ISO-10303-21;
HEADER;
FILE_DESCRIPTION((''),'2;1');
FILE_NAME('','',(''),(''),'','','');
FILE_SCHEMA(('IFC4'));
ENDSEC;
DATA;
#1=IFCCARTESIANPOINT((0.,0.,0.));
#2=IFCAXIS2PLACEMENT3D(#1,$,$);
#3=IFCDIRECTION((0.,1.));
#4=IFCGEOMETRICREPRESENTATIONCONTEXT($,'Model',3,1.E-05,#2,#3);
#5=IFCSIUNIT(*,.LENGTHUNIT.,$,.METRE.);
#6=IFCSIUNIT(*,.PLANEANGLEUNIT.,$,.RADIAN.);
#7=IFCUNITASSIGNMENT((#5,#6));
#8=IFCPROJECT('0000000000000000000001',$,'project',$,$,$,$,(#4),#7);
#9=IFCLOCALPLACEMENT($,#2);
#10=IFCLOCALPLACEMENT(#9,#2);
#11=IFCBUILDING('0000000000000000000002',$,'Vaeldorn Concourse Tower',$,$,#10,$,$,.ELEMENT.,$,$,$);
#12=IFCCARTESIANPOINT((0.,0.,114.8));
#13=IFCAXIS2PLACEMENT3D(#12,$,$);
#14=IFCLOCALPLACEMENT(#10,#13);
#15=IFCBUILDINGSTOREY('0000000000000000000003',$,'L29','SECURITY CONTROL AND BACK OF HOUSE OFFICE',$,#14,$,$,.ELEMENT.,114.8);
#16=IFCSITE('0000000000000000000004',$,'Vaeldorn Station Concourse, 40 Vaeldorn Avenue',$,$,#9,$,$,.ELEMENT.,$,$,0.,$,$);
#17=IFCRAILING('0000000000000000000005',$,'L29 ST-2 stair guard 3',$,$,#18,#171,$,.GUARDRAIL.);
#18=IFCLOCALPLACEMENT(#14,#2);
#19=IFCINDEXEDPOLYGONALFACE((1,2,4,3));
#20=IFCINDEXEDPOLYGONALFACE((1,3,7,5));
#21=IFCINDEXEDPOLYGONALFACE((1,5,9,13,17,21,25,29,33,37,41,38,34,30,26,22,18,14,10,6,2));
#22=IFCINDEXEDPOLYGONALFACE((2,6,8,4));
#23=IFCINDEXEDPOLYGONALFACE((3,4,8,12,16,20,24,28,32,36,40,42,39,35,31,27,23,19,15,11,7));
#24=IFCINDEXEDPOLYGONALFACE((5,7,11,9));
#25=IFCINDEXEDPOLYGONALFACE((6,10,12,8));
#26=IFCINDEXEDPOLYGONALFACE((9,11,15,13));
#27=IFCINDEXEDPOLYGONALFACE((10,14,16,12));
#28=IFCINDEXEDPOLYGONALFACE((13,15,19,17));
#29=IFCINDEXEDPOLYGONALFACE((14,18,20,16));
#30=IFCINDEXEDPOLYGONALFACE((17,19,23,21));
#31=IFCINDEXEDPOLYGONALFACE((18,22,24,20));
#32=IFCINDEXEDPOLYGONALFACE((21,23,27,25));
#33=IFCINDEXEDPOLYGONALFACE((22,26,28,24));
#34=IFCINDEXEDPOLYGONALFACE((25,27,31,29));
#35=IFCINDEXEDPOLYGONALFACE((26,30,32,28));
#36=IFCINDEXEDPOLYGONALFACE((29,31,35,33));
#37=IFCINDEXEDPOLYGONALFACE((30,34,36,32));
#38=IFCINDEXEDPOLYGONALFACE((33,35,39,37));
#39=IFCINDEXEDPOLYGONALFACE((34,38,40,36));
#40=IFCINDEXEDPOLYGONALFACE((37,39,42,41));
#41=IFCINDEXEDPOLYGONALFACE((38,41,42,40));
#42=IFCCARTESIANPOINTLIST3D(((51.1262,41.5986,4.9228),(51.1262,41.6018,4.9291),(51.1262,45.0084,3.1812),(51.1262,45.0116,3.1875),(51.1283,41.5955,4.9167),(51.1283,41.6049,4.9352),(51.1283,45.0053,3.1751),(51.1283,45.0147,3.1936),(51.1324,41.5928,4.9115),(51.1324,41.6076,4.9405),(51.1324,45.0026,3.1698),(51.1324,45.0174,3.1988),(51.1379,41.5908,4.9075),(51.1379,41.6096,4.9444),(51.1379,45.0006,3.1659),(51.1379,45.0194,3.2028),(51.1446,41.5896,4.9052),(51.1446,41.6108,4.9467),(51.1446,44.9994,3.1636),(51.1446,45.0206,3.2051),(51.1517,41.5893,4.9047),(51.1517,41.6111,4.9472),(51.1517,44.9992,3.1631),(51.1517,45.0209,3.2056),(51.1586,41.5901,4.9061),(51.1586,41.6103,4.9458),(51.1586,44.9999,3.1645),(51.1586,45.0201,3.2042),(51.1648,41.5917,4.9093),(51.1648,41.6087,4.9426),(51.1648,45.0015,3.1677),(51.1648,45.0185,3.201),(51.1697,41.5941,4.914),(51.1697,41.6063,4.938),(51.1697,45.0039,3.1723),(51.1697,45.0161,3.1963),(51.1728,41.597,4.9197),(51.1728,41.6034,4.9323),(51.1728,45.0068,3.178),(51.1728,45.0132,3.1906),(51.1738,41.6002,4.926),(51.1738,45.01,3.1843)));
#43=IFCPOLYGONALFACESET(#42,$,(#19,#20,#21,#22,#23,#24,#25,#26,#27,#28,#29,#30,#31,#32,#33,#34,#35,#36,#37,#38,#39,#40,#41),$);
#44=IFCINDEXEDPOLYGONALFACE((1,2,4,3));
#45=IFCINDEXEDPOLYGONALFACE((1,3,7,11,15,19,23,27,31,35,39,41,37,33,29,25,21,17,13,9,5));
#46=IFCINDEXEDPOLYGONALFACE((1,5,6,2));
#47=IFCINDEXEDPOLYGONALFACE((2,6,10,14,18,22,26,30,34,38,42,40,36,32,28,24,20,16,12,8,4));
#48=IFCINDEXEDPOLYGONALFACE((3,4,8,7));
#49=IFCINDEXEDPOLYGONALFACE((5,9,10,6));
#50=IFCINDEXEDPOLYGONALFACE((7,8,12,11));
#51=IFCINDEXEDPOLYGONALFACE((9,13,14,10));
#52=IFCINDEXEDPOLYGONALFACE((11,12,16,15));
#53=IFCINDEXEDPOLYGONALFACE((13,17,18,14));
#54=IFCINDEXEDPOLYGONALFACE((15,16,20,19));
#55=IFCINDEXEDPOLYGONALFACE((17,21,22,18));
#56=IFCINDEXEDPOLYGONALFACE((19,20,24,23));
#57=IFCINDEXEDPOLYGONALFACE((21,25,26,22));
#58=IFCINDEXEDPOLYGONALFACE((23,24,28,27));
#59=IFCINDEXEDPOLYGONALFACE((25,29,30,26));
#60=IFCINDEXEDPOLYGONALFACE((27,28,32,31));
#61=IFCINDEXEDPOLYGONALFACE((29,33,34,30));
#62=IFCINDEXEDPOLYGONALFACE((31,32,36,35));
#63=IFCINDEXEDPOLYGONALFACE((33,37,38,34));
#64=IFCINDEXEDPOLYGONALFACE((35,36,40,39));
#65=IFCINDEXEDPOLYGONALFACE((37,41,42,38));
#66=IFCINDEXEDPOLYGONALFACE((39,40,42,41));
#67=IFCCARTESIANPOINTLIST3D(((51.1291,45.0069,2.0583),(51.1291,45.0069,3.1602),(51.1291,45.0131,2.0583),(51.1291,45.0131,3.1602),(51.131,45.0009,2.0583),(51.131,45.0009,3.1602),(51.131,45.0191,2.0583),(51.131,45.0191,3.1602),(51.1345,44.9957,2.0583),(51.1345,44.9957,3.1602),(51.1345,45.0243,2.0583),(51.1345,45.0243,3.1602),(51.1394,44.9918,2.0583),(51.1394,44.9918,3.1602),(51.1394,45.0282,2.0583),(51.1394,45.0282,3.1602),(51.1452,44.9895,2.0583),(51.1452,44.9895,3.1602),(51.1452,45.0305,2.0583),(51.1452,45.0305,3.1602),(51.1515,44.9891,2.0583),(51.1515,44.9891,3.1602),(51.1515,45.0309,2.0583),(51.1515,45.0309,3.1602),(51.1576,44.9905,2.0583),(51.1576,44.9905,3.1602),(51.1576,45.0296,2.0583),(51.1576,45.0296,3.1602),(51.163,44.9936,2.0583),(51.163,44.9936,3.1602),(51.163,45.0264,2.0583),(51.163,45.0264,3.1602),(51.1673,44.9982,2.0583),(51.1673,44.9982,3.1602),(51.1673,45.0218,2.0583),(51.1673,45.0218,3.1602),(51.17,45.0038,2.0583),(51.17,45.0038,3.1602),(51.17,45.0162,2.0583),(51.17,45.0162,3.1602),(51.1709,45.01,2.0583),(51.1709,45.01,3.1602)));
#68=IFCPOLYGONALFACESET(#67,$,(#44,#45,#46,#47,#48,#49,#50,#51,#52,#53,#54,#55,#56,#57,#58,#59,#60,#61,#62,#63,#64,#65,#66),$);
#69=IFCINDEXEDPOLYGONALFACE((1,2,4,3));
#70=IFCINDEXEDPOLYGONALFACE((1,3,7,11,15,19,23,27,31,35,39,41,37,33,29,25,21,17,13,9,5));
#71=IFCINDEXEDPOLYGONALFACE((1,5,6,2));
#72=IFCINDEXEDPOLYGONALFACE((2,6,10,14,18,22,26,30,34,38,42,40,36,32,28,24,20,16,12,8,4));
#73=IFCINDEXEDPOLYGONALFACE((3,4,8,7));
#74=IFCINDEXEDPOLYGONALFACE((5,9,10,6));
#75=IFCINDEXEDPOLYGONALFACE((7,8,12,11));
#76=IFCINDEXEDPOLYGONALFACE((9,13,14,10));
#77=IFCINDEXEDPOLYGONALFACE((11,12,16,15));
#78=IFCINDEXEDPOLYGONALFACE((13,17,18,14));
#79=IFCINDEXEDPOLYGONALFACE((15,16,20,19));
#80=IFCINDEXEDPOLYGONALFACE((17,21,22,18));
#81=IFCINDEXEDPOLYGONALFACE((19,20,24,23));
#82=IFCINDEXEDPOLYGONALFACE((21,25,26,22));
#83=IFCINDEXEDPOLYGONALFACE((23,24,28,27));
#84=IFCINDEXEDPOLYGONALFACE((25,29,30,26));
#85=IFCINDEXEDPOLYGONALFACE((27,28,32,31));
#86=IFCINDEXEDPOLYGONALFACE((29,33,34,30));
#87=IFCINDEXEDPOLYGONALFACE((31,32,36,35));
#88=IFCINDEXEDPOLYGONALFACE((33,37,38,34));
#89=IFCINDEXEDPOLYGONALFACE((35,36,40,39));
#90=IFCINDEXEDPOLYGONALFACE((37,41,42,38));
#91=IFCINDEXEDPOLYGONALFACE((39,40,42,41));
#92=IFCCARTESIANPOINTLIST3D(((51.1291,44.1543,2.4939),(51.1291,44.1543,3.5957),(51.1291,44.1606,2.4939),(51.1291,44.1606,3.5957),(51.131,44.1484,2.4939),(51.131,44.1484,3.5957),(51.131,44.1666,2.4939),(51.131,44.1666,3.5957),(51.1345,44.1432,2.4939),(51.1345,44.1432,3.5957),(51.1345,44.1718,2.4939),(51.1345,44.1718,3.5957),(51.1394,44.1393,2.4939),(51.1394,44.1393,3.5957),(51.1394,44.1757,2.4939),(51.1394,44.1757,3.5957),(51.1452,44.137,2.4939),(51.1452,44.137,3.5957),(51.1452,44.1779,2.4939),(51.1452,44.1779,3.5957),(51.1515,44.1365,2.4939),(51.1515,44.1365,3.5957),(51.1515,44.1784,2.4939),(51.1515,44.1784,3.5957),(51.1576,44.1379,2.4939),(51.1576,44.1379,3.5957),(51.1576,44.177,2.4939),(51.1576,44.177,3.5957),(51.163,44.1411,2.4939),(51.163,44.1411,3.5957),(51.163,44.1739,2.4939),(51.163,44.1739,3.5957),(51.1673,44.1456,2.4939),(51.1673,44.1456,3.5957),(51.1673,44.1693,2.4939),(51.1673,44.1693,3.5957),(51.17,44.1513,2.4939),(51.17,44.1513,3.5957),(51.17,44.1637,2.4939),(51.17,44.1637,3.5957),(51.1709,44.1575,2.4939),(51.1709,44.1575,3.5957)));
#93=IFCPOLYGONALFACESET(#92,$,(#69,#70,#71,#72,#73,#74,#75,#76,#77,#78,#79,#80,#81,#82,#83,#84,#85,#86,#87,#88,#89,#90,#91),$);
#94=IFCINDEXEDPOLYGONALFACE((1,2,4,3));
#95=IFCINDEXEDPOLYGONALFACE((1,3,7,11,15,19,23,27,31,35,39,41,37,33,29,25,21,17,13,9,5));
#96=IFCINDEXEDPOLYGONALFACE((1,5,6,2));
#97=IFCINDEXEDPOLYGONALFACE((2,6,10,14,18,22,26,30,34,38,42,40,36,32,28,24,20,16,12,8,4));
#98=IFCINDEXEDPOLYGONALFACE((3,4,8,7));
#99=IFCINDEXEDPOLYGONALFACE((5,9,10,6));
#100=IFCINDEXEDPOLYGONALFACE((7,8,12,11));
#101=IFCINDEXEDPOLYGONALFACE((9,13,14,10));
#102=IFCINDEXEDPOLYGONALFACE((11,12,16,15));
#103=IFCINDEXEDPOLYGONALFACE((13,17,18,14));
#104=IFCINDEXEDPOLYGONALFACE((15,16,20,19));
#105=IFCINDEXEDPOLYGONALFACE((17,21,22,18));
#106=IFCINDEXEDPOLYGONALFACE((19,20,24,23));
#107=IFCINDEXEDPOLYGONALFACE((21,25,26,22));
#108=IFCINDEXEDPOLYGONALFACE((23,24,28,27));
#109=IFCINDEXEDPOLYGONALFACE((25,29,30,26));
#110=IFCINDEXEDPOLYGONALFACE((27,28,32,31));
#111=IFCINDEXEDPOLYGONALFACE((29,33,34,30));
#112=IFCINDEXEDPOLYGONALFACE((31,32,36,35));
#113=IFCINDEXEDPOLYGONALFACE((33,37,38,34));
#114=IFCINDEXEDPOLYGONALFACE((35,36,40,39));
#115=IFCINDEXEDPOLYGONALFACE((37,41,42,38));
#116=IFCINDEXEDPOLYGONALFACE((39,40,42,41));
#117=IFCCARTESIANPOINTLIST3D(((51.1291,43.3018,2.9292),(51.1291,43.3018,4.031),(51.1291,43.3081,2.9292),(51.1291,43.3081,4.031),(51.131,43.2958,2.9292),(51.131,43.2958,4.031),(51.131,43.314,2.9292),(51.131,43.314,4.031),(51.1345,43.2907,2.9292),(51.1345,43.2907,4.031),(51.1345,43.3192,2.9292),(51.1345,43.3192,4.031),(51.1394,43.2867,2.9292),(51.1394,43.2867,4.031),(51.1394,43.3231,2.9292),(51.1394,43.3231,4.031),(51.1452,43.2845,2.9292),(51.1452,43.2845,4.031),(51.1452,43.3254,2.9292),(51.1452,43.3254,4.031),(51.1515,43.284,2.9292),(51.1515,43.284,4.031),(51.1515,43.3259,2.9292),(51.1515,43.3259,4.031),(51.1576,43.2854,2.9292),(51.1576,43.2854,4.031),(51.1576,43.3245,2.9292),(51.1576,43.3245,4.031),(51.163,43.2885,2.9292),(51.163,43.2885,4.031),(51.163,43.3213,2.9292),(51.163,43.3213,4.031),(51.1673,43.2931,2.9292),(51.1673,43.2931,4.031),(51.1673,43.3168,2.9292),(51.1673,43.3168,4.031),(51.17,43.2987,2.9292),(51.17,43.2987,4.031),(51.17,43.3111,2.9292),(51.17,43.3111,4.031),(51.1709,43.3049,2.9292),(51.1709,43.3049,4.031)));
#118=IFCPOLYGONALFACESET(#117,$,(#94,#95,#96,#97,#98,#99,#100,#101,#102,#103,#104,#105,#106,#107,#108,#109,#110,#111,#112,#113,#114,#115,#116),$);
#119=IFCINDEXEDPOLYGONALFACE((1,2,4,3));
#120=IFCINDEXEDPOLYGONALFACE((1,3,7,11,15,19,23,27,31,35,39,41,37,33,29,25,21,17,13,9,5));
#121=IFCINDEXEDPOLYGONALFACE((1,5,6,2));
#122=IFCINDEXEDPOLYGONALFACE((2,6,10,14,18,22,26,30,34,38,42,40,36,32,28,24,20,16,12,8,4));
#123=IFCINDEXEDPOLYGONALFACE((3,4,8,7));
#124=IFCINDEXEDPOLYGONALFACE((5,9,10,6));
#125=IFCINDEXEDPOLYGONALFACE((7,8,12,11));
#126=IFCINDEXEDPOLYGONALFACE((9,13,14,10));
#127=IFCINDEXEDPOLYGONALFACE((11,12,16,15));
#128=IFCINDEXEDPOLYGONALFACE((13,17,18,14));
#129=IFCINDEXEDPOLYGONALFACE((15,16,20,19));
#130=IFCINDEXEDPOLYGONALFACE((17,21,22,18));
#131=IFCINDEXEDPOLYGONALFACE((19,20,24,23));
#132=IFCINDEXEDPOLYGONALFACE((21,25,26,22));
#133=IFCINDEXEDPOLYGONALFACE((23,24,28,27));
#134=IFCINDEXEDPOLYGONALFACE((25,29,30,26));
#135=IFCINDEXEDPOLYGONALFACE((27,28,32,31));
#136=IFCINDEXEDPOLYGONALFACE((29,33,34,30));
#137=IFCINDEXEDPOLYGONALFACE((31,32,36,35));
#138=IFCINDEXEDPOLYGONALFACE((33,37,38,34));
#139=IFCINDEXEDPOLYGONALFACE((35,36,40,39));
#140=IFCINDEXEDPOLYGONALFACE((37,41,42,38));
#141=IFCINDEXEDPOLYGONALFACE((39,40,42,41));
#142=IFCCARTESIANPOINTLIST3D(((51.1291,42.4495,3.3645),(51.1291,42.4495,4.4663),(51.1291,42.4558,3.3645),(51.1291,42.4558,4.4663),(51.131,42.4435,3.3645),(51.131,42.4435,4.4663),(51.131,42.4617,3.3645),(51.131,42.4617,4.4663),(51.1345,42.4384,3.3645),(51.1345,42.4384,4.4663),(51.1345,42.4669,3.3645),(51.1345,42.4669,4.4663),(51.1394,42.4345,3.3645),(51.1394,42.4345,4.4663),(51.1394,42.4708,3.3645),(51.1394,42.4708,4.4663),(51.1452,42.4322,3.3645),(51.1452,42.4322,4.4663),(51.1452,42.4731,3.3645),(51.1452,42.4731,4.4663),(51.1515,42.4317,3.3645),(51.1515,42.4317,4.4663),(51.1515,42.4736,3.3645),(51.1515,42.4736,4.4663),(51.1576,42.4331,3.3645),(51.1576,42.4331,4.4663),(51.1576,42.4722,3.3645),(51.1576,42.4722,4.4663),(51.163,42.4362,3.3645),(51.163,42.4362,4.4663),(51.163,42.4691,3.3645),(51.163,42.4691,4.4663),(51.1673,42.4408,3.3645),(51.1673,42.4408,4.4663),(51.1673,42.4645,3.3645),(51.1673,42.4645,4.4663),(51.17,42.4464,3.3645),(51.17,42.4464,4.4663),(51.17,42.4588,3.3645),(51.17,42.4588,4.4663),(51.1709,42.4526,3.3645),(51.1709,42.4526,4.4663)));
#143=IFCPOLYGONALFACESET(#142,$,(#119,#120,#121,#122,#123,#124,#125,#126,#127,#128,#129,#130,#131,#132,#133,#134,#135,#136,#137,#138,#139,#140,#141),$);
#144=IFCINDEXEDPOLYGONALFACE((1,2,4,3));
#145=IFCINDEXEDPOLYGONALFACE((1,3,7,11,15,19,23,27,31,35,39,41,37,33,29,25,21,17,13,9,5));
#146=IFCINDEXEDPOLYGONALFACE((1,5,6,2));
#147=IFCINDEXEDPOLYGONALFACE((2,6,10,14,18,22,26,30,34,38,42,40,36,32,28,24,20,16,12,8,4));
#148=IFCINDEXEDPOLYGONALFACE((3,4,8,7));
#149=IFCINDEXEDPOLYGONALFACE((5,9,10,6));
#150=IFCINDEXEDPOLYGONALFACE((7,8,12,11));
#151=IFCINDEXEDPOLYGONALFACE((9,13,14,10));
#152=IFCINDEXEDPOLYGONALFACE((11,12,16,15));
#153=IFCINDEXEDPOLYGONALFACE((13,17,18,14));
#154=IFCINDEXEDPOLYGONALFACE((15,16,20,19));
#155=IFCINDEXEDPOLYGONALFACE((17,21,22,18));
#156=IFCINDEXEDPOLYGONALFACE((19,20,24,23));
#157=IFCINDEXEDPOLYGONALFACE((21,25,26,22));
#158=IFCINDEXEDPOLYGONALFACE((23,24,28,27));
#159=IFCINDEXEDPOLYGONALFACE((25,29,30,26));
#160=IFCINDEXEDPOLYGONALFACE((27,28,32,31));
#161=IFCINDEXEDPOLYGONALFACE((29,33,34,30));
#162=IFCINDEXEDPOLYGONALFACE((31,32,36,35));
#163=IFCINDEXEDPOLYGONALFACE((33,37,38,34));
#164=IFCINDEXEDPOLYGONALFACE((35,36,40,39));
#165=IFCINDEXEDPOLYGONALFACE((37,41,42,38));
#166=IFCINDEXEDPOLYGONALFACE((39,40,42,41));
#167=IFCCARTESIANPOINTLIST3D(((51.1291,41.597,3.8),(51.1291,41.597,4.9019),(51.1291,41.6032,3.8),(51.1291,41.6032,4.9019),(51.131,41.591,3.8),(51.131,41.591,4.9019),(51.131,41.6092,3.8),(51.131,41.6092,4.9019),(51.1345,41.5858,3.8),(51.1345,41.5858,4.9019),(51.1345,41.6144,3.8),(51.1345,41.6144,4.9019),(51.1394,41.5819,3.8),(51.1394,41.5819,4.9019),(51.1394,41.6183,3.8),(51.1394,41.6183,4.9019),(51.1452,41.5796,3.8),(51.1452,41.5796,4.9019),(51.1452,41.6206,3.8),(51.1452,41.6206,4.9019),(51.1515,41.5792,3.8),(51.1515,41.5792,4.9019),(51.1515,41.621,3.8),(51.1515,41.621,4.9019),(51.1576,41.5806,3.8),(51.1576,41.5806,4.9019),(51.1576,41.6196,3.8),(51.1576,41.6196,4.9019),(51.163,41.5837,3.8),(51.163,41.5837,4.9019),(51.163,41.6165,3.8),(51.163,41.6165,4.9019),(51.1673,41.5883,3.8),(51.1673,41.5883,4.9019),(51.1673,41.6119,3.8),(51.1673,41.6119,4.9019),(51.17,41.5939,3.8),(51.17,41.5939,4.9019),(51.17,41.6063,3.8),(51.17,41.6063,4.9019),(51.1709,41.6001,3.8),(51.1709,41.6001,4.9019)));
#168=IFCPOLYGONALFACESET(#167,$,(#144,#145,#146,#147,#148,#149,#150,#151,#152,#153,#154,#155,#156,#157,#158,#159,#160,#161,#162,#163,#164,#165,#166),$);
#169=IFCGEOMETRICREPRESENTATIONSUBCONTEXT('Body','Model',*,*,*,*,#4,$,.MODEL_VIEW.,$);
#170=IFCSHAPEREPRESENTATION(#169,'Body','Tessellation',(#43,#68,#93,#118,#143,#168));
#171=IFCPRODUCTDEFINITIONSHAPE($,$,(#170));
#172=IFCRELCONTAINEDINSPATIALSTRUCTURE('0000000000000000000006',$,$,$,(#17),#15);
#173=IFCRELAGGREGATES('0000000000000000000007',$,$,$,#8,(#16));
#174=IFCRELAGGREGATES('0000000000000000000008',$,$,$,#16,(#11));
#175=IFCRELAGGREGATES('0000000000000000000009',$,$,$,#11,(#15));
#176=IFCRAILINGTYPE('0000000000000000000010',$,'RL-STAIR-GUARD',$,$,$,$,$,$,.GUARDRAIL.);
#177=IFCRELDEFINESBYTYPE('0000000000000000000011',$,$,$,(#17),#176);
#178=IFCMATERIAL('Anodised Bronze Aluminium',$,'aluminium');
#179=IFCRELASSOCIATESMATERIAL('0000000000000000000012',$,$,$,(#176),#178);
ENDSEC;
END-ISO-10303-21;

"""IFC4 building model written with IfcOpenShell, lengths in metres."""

from ifc_helpers import new_model, si_unit, direction, frame, origin, origin_2d, place, context, subcontext, project, spatial, circle, extrude, material, type_object, element, save


model = new_model("IFC4")

# Units and contexts
model_context = context("Model", 3, precision=1e-05, world=origin(), true_north=direction((0.0, 1.0)))
body_context = subcontext(model_context, "Body", "Model", "MODEL_VIEW")
ifc_project = project(units=[si_unit("LENGTHUNIT", "METRE"), si_unit("PLANEANGLEUNIT", "RADIAN")], contexts=[model_context])

# Site, building, storey
site_placement = place(None, origin())
site = spatial("IfcSite", under=ifc_project, at=site_placement, Name="Vaeldorn Station Concourse, 40 Vaeldorn Avenue", CompositionType="ELEMENT", RefElevation=0.0)
building_placement = place(site_placement, origin())
building = spatial("IfcBuilding", under=site, at=building_placement, Name="Vaeldorn Concourse Tower", CompositionType="ELEMENT")
storey_placement = place(building_placement, frame((0.0, 0.0, 114.8)))
storey = spatial("IfcBuildingStorey", under=building, at=storey_placement, Name="L29", Description="SECURITY CONTROL AND BACK OF HOUSE OFFICE", CompositionType="ELEMENT", Elevation=114.8)

# Shared definitions
ifc_material_1 = material(Name="Anodised Bronze Aluminium", Category="aluminium")

# Railing
railing_type_1 = type_object("IfcRailingType", Name="RL-STAIR-GUARD", PredefinedType="GUARDRAIL", material=ifc_material_1)
railing_1_placement = place(storey_placement, frame((51.1499, 45.01, 2.0583)))
element("IfcRailing", 1, at=railing_1_placement, inside=storey, type_object=railing_type_1, Name="L29 ST-2 stair guard 3", PredefinedType="GUARDRAIL", context=body_context, shape_type="SweptSolid", body=[
    extrude(circle(Radius=0.0239, at=origin_2d()), frame((0.0, 0.0, 1.126), z_axis=(0.0, -0.890556, 0.454874), x_axis=(1.0, 0.0, 0.0)), (0.0, 0.0, 1.0), 3.8289),
    extrude(circle(Radius=0.021, at=origin_2d()), origin(), (0.0, 0.0, 1.0), 1.1018),
    extrude(circle(Radius=0.021, at=origin_2d()), frame((0.0, -0.8525, 0.4355)), (0.0, 0.0, 1.0), 1.1018),
    extrude(circle(Radius=0.021, at=origin_2d()), frame((0.0, -1.7051, 0.8708)), (0.0, 0.0, 1.0), 1.1018),
    extrude(circle(Radius=0.021, at=origin_2d()), frame((0.0, -2.5574, 1.3062)), (0.0, 0.0, 1.0), 1.1018),
    extrude(circle(Radius=0.021, at=origin_2d()), frame((0.0, -3.4099, 1.7417)), (0.0, 0.0, 1.0), 1.1018),
])

save(model, "model.ifc")
